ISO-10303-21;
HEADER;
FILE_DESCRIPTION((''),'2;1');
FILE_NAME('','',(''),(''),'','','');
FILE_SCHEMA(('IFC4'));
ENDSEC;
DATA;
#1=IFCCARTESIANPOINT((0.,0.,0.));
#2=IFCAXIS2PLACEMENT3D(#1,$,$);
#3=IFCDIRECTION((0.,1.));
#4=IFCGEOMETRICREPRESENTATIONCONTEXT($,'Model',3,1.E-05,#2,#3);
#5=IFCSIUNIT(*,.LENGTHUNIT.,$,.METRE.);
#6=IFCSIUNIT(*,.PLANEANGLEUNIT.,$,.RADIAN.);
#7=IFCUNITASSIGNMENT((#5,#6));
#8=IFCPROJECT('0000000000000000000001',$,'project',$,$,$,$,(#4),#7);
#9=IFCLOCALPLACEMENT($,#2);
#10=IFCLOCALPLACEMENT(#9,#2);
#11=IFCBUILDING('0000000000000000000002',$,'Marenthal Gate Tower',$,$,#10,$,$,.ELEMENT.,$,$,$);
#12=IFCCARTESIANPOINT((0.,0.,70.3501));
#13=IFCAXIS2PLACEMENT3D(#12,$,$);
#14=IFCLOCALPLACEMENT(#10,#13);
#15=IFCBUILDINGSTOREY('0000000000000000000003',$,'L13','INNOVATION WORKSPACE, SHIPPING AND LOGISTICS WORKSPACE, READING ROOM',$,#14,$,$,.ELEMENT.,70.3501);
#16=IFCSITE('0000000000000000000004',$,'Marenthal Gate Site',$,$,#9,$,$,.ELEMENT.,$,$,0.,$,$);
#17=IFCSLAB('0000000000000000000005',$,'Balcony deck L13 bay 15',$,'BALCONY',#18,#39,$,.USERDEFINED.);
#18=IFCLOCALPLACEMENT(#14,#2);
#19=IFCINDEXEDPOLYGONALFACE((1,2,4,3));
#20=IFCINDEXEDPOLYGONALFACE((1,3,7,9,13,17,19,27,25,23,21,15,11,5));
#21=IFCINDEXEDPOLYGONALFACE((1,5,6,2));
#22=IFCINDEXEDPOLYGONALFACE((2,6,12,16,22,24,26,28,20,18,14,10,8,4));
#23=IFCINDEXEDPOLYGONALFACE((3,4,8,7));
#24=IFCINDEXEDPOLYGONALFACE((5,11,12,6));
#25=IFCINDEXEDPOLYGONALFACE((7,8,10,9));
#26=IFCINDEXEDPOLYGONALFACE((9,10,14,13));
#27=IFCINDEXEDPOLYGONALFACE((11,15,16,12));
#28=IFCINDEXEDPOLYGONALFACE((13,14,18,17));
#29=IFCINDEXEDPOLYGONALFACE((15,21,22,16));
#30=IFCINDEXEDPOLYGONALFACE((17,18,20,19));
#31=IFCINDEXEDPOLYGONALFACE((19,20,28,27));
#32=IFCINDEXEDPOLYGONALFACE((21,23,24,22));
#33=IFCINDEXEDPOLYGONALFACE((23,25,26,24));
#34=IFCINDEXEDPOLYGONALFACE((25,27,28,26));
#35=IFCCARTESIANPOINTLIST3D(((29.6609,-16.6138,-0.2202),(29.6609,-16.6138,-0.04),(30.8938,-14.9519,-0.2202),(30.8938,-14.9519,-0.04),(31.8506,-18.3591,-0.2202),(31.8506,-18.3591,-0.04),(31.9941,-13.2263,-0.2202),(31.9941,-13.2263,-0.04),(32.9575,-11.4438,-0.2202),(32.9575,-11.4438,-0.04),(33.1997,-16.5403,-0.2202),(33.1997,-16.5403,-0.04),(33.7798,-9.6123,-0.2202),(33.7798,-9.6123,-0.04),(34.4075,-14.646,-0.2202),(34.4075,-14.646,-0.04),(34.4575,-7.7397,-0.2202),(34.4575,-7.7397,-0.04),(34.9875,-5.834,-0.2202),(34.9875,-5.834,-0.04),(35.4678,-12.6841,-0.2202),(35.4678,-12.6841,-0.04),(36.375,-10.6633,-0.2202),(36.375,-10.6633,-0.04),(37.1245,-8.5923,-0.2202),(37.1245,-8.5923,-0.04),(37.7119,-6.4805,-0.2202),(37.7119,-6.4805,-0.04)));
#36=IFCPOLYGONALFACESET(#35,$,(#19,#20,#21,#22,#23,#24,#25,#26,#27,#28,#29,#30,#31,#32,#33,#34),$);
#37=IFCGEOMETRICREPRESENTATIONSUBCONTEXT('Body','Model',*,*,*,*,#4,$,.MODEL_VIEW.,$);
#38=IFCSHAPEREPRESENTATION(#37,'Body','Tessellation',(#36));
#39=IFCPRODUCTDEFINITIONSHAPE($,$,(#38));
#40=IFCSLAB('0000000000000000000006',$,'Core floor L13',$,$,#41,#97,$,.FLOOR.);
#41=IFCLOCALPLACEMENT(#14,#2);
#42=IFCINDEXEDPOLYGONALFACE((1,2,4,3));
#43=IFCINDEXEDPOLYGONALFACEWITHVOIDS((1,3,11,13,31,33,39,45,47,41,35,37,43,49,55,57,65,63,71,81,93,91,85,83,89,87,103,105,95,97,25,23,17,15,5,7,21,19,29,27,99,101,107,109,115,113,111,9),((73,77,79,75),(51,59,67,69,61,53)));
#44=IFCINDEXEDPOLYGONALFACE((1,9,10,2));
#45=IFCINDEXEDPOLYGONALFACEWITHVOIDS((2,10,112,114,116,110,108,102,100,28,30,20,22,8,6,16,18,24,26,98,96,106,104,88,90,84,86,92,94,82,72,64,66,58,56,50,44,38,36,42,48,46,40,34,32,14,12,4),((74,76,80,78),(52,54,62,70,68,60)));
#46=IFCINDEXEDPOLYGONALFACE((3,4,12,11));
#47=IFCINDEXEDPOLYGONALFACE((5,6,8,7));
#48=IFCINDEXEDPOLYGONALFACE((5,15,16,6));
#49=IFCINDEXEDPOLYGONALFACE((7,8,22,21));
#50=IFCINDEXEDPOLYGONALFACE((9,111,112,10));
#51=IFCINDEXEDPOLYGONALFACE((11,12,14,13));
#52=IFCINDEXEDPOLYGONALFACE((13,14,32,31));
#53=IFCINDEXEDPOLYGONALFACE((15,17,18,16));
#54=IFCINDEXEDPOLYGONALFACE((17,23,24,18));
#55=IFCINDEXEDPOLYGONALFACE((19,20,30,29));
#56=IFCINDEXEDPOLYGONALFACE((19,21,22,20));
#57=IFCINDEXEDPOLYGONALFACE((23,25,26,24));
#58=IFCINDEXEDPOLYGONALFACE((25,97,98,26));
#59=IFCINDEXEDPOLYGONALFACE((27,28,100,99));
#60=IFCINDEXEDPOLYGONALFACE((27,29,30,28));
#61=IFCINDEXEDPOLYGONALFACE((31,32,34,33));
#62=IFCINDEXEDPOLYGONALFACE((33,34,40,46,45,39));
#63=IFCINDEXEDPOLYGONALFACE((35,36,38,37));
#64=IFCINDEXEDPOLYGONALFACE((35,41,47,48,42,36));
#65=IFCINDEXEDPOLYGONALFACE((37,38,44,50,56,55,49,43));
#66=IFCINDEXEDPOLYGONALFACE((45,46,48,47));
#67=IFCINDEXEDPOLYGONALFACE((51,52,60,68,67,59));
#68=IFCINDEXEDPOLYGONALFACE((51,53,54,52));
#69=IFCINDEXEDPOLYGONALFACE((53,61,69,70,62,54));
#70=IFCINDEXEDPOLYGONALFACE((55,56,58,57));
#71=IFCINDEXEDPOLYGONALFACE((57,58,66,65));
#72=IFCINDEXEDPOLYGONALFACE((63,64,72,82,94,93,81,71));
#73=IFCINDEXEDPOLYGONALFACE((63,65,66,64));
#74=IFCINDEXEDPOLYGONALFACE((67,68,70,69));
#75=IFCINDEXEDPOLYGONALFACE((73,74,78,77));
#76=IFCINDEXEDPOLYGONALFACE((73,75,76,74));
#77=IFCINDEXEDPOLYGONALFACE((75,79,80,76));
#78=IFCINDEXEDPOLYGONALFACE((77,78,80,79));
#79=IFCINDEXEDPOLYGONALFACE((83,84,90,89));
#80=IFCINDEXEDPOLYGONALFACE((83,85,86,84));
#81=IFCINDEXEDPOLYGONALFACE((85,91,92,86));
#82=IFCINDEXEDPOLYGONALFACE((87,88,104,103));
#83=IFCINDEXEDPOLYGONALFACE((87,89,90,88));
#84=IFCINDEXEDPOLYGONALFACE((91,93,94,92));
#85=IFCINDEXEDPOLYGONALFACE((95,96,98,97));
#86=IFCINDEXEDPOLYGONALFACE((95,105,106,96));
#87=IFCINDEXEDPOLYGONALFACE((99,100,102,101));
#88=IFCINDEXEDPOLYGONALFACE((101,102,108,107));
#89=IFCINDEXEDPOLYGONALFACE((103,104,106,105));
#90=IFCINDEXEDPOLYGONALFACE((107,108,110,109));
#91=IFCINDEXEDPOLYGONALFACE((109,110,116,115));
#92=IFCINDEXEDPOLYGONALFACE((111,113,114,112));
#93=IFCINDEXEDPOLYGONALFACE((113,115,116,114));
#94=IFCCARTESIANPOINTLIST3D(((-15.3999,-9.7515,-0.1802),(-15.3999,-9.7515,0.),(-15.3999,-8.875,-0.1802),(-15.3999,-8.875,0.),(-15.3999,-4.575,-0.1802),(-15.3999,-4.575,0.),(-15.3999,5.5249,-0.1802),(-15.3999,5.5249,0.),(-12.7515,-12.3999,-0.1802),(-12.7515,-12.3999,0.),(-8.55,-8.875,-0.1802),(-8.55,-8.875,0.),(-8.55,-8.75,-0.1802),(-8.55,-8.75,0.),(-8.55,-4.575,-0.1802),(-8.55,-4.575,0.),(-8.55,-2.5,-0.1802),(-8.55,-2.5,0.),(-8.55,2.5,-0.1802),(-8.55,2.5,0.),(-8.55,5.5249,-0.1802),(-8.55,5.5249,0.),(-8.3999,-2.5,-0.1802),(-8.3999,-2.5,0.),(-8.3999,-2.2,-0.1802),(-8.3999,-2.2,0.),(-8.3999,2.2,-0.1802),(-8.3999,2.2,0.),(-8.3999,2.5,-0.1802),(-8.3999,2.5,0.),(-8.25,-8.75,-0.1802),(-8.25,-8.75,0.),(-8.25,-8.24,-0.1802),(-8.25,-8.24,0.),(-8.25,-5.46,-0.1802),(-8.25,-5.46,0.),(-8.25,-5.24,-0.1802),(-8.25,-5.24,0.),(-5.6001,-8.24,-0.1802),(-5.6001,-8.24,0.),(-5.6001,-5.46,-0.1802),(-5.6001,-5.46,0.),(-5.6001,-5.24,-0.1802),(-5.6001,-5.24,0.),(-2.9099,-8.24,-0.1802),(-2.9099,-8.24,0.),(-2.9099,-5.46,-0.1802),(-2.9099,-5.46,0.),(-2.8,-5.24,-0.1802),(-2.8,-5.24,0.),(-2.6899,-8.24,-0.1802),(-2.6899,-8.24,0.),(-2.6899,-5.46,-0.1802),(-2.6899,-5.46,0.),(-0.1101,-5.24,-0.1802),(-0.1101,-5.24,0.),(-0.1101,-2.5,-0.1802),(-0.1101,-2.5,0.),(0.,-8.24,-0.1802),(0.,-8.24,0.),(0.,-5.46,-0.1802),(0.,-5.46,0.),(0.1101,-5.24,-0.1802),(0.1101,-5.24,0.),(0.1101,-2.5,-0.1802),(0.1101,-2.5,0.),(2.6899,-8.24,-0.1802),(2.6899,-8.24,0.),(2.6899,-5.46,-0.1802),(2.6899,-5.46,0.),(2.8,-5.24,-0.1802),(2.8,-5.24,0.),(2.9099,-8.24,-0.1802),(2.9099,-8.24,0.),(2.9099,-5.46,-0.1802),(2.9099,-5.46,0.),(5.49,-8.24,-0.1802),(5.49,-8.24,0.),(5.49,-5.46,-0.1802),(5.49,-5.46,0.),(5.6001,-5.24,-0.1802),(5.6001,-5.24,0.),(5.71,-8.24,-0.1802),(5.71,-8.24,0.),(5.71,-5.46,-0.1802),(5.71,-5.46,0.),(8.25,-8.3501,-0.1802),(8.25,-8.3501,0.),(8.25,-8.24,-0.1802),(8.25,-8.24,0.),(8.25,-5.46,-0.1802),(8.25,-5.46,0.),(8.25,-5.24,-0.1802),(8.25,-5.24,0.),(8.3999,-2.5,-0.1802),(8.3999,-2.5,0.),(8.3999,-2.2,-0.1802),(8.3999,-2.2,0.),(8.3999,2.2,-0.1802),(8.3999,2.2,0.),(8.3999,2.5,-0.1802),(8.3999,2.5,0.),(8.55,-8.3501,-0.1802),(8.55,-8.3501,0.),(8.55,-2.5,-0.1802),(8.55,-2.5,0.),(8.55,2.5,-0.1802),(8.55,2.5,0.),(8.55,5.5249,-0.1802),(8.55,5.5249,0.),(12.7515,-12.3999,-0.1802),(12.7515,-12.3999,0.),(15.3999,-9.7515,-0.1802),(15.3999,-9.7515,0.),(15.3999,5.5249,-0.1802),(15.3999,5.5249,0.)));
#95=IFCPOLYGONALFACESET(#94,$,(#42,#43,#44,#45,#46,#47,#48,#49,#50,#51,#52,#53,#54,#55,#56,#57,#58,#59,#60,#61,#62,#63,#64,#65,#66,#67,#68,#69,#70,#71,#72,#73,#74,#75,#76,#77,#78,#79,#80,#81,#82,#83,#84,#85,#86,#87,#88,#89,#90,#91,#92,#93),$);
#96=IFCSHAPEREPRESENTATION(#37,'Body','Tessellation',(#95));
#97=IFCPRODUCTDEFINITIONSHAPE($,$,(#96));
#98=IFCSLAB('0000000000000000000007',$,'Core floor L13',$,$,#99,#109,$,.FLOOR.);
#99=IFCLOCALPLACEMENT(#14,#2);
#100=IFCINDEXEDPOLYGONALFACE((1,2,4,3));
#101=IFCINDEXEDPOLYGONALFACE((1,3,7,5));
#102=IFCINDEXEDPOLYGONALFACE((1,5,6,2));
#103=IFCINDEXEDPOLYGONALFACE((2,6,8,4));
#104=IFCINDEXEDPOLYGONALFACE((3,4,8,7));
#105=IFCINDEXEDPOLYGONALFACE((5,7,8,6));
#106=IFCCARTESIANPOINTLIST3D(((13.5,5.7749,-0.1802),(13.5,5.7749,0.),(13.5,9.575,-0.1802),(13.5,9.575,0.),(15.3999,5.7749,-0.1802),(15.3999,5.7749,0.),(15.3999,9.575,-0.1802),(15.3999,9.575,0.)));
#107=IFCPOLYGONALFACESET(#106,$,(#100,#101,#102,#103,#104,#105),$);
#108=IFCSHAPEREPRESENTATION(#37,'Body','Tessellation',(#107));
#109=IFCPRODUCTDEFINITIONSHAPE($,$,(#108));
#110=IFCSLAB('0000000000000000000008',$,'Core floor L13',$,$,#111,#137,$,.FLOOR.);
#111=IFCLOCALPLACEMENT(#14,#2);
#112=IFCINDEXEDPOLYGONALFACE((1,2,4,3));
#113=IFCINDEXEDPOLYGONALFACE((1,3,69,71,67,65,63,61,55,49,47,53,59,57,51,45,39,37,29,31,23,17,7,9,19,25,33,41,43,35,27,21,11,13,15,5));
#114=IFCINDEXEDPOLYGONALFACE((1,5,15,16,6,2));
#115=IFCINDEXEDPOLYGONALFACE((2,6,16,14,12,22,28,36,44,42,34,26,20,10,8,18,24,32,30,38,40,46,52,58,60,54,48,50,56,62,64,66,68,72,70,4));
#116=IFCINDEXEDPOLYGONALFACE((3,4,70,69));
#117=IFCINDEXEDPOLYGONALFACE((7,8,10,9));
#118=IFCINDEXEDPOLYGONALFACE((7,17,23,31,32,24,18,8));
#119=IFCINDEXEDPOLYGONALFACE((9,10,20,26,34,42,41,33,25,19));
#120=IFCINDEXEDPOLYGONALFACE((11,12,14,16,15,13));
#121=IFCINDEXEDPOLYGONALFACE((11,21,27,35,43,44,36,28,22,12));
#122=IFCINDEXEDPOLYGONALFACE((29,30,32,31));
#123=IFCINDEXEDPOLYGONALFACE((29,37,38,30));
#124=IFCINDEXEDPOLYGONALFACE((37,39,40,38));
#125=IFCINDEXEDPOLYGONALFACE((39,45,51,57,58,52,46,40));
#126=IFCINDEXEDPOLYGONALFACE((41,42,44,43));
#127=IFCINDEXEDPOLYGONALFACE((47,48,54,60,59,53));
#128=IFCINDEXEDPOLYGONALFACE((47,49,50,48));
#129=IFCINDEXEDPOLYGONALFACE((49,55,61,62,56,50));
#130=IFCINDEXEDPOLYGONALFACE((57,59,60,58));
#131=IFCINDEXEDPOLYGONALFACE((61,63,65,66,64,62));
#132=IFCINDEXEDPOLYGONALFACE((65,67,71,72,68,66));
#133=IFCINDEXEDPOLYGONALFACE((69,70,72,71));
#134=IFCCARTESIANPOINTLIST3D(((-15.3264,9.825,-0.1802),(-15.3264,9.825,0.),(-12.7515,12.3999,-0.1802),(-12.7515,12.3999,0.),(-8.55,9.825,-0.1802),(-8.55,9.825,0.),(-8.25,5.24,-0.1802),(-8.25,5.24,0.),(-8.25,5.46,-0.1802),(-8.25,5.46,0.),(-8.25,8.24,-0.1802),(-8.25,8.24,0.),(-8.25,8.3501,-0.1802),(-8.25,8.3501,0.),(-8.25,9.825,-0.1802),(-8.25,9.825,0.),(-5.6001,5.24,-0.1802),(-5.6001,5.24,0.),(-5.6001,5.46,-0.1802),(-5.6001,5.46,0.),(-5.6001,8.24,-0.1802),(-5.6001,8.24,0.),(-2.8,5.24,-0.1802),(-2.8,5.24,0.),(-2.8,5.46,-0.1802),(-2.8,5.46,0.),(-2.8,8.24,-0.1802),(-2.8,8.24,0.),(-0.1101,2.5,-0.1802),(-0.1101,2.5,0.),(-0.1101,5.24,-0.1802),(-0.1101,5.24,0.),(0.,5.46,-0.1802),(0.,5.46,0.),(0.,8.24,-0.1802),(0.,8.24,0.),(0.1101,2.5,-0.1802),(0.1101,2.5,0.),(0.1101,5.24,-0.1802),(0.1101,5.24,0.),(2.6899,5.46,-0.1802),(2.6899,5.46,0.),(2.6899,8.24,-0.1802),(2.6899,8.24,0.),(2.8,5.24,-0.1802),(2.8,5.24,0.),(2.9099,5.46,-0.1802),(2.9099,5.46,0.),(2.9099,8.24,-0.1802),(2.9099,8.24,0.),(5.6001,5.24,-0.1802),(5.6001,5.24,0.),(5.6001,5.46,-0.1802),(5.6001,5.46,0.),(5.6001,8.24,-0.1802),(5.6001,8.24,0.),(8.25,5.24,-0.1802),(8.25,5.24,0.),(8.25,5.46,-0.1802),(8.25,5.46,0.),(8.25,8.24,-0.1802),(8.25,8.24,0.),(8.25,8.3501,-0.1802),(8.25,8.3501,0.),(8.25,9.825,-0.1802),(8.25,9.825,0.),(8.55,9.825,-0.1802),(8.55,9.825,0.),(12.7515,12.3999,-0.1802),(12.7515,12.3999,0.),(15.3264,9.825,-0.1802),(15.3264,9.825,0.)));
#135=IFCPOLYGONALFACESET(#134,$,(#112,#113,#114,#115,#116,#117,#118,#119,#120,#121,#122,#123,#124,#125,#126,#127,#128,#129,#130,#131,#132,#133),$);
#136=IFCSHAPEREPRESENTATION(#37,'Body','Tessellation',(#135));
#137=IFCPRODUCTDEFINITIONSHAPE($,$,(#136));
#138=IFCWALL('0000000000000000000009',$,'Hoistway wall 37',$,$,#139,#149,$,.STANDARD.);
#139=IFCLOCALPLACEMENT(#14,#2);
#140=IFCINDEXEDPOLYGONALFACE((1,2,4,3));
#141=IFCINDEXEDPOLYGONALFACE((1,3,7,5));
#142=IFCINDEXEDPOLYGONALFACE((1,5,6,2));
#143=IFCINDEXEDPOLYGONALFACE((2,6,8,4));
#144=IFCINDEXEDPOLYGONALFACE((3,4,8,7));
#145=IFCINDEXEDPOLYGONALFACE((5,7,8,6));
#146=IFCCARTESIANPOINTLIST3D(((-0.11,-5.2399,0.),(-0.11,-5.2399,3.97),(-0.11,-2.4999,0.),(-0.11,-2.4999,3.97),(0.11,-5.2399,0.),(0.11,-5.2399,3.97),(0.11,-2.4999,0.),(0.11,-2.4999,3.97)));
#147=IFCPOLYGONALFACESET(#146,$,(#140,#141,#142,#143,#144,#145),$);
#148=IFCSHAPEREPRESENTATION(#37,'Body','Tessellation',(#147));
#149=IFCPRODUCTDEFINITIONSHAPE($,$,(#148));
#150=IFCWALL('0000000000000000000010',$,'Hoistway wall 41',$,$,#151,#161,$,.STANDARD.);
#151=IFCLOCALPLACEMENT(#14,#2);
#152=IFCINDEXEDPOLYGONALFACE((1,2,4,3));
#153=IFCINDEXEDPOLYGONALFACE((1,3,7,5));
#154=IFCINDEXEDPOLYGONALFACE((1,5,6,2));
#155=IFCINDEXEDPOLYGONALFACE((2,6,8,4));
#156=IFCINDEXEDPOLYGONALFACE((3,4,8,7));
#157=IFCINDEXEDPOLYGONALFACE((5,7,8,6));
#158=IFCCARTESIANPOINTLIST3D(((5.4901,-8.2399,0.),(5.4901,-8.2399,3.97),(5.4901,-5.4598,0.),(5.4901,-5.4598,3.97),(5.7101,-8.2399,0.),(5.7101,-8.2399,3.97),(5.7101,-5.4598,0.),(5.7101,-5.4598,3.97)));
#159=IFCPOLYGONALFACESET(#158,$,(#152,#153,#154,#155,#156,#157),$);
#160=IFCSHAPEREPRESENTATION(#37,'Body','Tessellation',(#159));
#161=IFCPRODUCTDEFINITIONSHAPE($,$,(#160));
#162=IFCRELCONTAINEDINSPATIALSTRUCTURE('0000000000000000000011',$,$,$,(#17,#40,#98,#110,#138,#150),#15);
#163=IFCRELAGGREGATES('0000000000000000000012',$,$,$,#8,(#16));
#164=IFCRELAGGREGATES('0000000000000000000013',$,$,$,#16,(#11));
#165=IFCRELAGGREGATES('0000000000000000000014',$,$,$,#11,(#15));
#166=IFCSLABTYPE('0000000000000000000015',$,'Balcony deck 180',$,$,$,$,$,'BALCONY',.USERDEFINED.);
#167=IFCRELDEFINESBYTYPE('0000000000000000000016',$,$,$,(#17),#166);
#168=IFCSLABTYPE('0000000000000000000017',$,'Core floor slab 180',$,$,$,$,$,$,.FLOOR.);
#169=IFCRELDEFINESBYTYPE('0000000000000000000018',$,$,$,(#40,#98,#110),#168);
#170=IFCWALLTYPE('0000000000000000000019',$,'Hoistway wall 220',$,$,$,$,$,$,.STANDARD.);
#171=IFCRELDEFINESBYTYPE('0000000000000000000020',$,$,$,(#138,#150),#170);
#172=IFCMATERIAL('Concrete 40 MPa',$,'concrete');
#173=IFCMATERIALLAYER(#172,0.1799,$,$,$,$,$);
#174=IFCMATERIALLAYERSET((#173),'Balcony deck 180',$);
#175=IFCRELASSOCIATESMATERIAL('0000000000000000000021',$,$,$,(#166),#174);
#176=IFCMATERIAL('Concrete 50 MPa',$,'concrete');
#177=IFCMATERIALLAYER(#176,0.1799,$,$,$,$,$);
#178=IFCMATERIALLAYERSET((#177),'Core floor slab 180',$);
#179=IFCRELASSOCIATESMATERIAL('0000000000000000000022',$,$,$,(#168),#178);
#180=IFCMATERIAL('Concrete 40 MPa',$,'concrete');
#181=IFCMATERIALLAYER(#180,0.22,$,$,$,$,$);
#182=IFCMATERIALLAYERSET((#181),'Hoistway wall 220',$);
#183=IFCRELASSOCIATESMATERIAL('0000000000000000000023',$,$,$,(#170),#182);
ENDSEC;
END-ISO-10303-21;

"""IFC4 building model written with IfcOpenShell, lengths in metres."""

from ifc_helpers import new_model, si_unit, direction, frame, frame_2d, origin, place, context, subcontext, project, spatial, polyline, rectangle, outline, extrude, material, layer, layer_set, type_object, element, save


model = new_model("IFC4")

# Units and contexts
model_context = context("Model", 3, precision=1e-05, world=origin(), true_north=direction((0.0, 1.0)))
body_context = subcontext(model_context, "Body", "Model", "MODEL_VIEW")
ifc_project = project(units=[si_unit("LENGTHUNIT", "METRE"), si_unit("PLANEANGLEUNIT", "RADIAN")], contexts=[model_context])

# Site, building, storey
site_placement = place(None, origin())
site = spatial("IfcSite", under=ifc_project, at=site_placement, Name="Marenthal Gate Site", CompositionType="ELEMENT", RefElevation=0.0)
building_placement = place(site_placement, origin())
building = spatial("IfcBuilding", under=site, at=building_placement, Name="Marenthal Gate Tower", CompositionType="ELEMENT")
storey_placement = place(building_placement, frame((0.0, 0.0, 70.3501)))
storey = spatial("IfcBuildingStorey", under=building, at=storey_placement, Name="L13", Description="INNOVATION WORKSPACE, SHIPPING AND LOGISTICS WORKSPACE, READING ROOM", CompositionType="ELEMENT", Elevation=70.3501)

# Slabs
ifc_material_1 = material(Name="Concrete 40 MPa", Category="concrete")
ifc_layer_1 = layer(ifc_material_1, 0.1799)
ifc_layer_set_1 = layer_set([ifc_layer_1], Name="Balcony deck 180")
slab_type_1 = type_object("IfcSlabType", Name="Balcony deck 180", ElementType="BALCONY", PredefinedType="USERDEFINED", material=ifc_layer_set_1)
slab_1_placement = place(storey_placement, frame((0.0, 0.0, -0.2202)))
element("IfcSlab", 1, at=slab_1_placement, inside=storey, type_object=slab_type_1, Name="Balcony deck L13 bay 15", ObjectType="BALCONY", PredefinedType="USERDEFINED", context=body_context, shape_type="SweptSolid", body=[
    extrude(outline(polyline([(29.6609, -16.6138), (30.8938, -14.9519), (31.9941, -13.2263), (32.9575, -11.4438), (33.7798, -9.6123), (34.4575, -7.7397), (34.9875, -5.834), (37.7119, -6.4805), (37.1245, -8.5923), (36.375, -10.6633), (35.4678, -12.6841), (34.4075, -14.646), (33.1997, -16.5403), (31.8506, -18.3591), (29.6609, -16.6138)])), origin(), (0.0, 0.0, 1.0), 0.1802),
])
ifc_material_2 = material(Name="Concrete 50 MPa", Category="concrete")
ifc_layer_2 = layer(ifc_material_2, 0.1799)
ifc_layer_set_2 = layer_set([ifc_layer_2], Name="Core floor slab 180")
slab_type_2 = type_object("IfcSlabType", Name="Core floor slab 180", PredefinedType="FLOOR", material=ifc_layer_set_2)
slab_2_placement = place(storey_placement, frame((0.0, 0.0, -0.1802)))
element("IfcSlab", 2, at=slab_2_placement, inside=storey, type_object=slab_type_2, Name="Core floor L13", PredefinedType="FLOOR", context=body_context, shape_type="SweptSolid", body=[
    extrude(outline(polyline([(15.3999, -9.7515), (12.7515, -12.3999), (-12.7515, -12.3999), (-15.3999, -9.7515), (-15.3999, -8.875), (-8.55, -8.875), (-8.55, -8.75), (-8.25, -8.75), (-8.25, -8.24), (-5.6001, -8.24), (-2.9099, -8.24), (-2.9099, -5.46), (-5.6001, -5.46), (-8.25, -5.46), (-8.25, -5.24), (-5.6001, -5.24), (-2.8, -5.24), (-0.1101, -5.24), (-0.1101, -2.5), (0.1101, -2.5), (0.1101, -5.24), (2.8, -5.24), (5.6001, -5.24), (8.25, -5.24), (8.25, -5.46), (5.71, -5.46), (5.71, -8.24), (8.25, -8.24), (8.25, -8.3501), (8.55, -8.3501), (8.55, -2.5), (8.3999, -2.5), (8.3999, -2.2), (-8.3999, -2.2), (-8.3999, -2.5), (-8.55, -2.5), (-8.55, -4.575), (-15.3999, -4.575), (-15.3999, 5.5249), (-8.55, 5.5249), (-8.55, 2.5), (-8.3999, 2.5), (-8.3999, 2.2), (8.3999, 2.2), (8.3999, 2.5), (8.55, 2.5), (8.55, 5.5249), (15.3999, 5.5249), (15.3999, -9.7515)]), holes=[polyline([(2.6899, -5.46), (0.0, -5.46), (-2.6899, -5.46), (-2.6899, -8.24), (0.0, -8.24), (2.6899, -8.24), (2.6899, -5.46)]), polyline([(5.49, -5.46), (2.9099, -5.46), (2.9099, -8.24), (5.49, -8.24), (5.49, -5.46)])]), origin(), (0.0, 0.0, 1.0), 0.1802),
])
slab_3_placement = place(storey_placement, frame((0.0, 0.0, -0.1802)))
element("IfcSlab", 3, at=slab_3_placement, inside=storey, type_object=slab_type_2, Name="Core floor L13", PredefinedType="FLOOR", context=body_context, shape_type="SweptSolid", body=[
    extrude(outline(polyline([(15.3999, 5.7749), (13.5, 5.7749), (13.5, 9.575), (15.3999, 9.575), (15.3999, 5.7749)])), origin(), (0.0, 0.0, 1.0), 0.1802),
])
slab_4_placement = place(storey_placement, frame((0.0, 0.0, -0.1802)))
element("IfcSlab", 4, at=slab_4_placement, inside=storey, type_object=slab_type_2, Name="Core floor L13", PredefinedType="FLOOR", context=body_context, shape_type="SweptSolid", body=[
    extrude(outline(polyline([(12.7515, 12.3999), (15.3264, 9.825), (8.55, 9.825), (8.25, 9.825), (8.25, 8.3501), (8.25, 8.24), (5.6001, 8.24), (2.9099, 8.24), (2.9099, 5.46), (5.6001, 5.46), (8.25, 5.46), (8.25, 5.24), (5.6001, 5.24), (2.8, 5.24), (0.1101, 5.24), (0.1101, 2.5), (-0.1101, 2.5), (-0.1101, 5.24), (-2.8, 5.24), (-5.6001, 5.24), (-8.25, 5.24), (-8.25, 5.46), (-5.6001, 5.46), (-2.8, 5.46), (0.0, 5.46), (2.6899, 5.46), (2.6899, 8.24), (0.0, 8.24), (-2.8, 8.24), (-5.6001, 8.24), (-8.25, 8.24), (-8.25, 8.3501), (-8.25, 9.825), (-8.55, 9.825), (-15.3264, 9.825), (-12.7515, 12.3999), (12.7515, 12.3999)])), origin(), (0.0, 0.0, 1.0), 0.1802),
])

# Walls
ifc_material_3 = material(Name="Concrete 40 MPa", Category="concrete")
ifc_layer_3 = layer(ifc_material_3, 0.22)
ifc_layer_set_3 = layer_set([ifc_layer_3], Name="Hoistway wall 220")
wall_type_1 = type_object("IfcWallType", Name="Hoistway wall 220", PredefinedType="STANDARD", material=ifc_layer_set_3)
wall_1_placement = place(storey_placement, frame((0.0, -5.24, 0.0), z_axis=(0.0, 0.0, 1.0), x_axis=(0.0, 1.0, 0.0)))
element("IfcWall", 5, at=wall_1_placement, inside=storey, type_object=wall_type_1, Name="Hoistway wall 37", PredefinedType="STANDARD", context=body_context, shape_type="SweptSolid", body=[
    extrude(rectangle(XDim=2.74, YDim=0.22, at=frame_2d((1.3701, 0.0))), origin(), (0.0, 0.0, 1.0), 3.97),
])
wall_2_placement = place(storey_placement, frame((5.6001, -8.24, 0.0), z_axis=(0.0, 0.0, 1.0), x_axis=(0.0, 1.0, 0.0)))
element("IfcWall", 6, at=wall_2_placement, inside=storey, type_object=wall_type_1, Name="Hoistway wall 41", PredefinedType="STANDARD", context=body_context, shape_type="SweptSolid", body=[
    extrude(rectangle(XDim=2.78, YDim=0.22, at=frame_2d((1.3901, 0.0))), origin(), (0.0, 0.0, 1.0), 3.97),
])

save(model, "model.ifc")
